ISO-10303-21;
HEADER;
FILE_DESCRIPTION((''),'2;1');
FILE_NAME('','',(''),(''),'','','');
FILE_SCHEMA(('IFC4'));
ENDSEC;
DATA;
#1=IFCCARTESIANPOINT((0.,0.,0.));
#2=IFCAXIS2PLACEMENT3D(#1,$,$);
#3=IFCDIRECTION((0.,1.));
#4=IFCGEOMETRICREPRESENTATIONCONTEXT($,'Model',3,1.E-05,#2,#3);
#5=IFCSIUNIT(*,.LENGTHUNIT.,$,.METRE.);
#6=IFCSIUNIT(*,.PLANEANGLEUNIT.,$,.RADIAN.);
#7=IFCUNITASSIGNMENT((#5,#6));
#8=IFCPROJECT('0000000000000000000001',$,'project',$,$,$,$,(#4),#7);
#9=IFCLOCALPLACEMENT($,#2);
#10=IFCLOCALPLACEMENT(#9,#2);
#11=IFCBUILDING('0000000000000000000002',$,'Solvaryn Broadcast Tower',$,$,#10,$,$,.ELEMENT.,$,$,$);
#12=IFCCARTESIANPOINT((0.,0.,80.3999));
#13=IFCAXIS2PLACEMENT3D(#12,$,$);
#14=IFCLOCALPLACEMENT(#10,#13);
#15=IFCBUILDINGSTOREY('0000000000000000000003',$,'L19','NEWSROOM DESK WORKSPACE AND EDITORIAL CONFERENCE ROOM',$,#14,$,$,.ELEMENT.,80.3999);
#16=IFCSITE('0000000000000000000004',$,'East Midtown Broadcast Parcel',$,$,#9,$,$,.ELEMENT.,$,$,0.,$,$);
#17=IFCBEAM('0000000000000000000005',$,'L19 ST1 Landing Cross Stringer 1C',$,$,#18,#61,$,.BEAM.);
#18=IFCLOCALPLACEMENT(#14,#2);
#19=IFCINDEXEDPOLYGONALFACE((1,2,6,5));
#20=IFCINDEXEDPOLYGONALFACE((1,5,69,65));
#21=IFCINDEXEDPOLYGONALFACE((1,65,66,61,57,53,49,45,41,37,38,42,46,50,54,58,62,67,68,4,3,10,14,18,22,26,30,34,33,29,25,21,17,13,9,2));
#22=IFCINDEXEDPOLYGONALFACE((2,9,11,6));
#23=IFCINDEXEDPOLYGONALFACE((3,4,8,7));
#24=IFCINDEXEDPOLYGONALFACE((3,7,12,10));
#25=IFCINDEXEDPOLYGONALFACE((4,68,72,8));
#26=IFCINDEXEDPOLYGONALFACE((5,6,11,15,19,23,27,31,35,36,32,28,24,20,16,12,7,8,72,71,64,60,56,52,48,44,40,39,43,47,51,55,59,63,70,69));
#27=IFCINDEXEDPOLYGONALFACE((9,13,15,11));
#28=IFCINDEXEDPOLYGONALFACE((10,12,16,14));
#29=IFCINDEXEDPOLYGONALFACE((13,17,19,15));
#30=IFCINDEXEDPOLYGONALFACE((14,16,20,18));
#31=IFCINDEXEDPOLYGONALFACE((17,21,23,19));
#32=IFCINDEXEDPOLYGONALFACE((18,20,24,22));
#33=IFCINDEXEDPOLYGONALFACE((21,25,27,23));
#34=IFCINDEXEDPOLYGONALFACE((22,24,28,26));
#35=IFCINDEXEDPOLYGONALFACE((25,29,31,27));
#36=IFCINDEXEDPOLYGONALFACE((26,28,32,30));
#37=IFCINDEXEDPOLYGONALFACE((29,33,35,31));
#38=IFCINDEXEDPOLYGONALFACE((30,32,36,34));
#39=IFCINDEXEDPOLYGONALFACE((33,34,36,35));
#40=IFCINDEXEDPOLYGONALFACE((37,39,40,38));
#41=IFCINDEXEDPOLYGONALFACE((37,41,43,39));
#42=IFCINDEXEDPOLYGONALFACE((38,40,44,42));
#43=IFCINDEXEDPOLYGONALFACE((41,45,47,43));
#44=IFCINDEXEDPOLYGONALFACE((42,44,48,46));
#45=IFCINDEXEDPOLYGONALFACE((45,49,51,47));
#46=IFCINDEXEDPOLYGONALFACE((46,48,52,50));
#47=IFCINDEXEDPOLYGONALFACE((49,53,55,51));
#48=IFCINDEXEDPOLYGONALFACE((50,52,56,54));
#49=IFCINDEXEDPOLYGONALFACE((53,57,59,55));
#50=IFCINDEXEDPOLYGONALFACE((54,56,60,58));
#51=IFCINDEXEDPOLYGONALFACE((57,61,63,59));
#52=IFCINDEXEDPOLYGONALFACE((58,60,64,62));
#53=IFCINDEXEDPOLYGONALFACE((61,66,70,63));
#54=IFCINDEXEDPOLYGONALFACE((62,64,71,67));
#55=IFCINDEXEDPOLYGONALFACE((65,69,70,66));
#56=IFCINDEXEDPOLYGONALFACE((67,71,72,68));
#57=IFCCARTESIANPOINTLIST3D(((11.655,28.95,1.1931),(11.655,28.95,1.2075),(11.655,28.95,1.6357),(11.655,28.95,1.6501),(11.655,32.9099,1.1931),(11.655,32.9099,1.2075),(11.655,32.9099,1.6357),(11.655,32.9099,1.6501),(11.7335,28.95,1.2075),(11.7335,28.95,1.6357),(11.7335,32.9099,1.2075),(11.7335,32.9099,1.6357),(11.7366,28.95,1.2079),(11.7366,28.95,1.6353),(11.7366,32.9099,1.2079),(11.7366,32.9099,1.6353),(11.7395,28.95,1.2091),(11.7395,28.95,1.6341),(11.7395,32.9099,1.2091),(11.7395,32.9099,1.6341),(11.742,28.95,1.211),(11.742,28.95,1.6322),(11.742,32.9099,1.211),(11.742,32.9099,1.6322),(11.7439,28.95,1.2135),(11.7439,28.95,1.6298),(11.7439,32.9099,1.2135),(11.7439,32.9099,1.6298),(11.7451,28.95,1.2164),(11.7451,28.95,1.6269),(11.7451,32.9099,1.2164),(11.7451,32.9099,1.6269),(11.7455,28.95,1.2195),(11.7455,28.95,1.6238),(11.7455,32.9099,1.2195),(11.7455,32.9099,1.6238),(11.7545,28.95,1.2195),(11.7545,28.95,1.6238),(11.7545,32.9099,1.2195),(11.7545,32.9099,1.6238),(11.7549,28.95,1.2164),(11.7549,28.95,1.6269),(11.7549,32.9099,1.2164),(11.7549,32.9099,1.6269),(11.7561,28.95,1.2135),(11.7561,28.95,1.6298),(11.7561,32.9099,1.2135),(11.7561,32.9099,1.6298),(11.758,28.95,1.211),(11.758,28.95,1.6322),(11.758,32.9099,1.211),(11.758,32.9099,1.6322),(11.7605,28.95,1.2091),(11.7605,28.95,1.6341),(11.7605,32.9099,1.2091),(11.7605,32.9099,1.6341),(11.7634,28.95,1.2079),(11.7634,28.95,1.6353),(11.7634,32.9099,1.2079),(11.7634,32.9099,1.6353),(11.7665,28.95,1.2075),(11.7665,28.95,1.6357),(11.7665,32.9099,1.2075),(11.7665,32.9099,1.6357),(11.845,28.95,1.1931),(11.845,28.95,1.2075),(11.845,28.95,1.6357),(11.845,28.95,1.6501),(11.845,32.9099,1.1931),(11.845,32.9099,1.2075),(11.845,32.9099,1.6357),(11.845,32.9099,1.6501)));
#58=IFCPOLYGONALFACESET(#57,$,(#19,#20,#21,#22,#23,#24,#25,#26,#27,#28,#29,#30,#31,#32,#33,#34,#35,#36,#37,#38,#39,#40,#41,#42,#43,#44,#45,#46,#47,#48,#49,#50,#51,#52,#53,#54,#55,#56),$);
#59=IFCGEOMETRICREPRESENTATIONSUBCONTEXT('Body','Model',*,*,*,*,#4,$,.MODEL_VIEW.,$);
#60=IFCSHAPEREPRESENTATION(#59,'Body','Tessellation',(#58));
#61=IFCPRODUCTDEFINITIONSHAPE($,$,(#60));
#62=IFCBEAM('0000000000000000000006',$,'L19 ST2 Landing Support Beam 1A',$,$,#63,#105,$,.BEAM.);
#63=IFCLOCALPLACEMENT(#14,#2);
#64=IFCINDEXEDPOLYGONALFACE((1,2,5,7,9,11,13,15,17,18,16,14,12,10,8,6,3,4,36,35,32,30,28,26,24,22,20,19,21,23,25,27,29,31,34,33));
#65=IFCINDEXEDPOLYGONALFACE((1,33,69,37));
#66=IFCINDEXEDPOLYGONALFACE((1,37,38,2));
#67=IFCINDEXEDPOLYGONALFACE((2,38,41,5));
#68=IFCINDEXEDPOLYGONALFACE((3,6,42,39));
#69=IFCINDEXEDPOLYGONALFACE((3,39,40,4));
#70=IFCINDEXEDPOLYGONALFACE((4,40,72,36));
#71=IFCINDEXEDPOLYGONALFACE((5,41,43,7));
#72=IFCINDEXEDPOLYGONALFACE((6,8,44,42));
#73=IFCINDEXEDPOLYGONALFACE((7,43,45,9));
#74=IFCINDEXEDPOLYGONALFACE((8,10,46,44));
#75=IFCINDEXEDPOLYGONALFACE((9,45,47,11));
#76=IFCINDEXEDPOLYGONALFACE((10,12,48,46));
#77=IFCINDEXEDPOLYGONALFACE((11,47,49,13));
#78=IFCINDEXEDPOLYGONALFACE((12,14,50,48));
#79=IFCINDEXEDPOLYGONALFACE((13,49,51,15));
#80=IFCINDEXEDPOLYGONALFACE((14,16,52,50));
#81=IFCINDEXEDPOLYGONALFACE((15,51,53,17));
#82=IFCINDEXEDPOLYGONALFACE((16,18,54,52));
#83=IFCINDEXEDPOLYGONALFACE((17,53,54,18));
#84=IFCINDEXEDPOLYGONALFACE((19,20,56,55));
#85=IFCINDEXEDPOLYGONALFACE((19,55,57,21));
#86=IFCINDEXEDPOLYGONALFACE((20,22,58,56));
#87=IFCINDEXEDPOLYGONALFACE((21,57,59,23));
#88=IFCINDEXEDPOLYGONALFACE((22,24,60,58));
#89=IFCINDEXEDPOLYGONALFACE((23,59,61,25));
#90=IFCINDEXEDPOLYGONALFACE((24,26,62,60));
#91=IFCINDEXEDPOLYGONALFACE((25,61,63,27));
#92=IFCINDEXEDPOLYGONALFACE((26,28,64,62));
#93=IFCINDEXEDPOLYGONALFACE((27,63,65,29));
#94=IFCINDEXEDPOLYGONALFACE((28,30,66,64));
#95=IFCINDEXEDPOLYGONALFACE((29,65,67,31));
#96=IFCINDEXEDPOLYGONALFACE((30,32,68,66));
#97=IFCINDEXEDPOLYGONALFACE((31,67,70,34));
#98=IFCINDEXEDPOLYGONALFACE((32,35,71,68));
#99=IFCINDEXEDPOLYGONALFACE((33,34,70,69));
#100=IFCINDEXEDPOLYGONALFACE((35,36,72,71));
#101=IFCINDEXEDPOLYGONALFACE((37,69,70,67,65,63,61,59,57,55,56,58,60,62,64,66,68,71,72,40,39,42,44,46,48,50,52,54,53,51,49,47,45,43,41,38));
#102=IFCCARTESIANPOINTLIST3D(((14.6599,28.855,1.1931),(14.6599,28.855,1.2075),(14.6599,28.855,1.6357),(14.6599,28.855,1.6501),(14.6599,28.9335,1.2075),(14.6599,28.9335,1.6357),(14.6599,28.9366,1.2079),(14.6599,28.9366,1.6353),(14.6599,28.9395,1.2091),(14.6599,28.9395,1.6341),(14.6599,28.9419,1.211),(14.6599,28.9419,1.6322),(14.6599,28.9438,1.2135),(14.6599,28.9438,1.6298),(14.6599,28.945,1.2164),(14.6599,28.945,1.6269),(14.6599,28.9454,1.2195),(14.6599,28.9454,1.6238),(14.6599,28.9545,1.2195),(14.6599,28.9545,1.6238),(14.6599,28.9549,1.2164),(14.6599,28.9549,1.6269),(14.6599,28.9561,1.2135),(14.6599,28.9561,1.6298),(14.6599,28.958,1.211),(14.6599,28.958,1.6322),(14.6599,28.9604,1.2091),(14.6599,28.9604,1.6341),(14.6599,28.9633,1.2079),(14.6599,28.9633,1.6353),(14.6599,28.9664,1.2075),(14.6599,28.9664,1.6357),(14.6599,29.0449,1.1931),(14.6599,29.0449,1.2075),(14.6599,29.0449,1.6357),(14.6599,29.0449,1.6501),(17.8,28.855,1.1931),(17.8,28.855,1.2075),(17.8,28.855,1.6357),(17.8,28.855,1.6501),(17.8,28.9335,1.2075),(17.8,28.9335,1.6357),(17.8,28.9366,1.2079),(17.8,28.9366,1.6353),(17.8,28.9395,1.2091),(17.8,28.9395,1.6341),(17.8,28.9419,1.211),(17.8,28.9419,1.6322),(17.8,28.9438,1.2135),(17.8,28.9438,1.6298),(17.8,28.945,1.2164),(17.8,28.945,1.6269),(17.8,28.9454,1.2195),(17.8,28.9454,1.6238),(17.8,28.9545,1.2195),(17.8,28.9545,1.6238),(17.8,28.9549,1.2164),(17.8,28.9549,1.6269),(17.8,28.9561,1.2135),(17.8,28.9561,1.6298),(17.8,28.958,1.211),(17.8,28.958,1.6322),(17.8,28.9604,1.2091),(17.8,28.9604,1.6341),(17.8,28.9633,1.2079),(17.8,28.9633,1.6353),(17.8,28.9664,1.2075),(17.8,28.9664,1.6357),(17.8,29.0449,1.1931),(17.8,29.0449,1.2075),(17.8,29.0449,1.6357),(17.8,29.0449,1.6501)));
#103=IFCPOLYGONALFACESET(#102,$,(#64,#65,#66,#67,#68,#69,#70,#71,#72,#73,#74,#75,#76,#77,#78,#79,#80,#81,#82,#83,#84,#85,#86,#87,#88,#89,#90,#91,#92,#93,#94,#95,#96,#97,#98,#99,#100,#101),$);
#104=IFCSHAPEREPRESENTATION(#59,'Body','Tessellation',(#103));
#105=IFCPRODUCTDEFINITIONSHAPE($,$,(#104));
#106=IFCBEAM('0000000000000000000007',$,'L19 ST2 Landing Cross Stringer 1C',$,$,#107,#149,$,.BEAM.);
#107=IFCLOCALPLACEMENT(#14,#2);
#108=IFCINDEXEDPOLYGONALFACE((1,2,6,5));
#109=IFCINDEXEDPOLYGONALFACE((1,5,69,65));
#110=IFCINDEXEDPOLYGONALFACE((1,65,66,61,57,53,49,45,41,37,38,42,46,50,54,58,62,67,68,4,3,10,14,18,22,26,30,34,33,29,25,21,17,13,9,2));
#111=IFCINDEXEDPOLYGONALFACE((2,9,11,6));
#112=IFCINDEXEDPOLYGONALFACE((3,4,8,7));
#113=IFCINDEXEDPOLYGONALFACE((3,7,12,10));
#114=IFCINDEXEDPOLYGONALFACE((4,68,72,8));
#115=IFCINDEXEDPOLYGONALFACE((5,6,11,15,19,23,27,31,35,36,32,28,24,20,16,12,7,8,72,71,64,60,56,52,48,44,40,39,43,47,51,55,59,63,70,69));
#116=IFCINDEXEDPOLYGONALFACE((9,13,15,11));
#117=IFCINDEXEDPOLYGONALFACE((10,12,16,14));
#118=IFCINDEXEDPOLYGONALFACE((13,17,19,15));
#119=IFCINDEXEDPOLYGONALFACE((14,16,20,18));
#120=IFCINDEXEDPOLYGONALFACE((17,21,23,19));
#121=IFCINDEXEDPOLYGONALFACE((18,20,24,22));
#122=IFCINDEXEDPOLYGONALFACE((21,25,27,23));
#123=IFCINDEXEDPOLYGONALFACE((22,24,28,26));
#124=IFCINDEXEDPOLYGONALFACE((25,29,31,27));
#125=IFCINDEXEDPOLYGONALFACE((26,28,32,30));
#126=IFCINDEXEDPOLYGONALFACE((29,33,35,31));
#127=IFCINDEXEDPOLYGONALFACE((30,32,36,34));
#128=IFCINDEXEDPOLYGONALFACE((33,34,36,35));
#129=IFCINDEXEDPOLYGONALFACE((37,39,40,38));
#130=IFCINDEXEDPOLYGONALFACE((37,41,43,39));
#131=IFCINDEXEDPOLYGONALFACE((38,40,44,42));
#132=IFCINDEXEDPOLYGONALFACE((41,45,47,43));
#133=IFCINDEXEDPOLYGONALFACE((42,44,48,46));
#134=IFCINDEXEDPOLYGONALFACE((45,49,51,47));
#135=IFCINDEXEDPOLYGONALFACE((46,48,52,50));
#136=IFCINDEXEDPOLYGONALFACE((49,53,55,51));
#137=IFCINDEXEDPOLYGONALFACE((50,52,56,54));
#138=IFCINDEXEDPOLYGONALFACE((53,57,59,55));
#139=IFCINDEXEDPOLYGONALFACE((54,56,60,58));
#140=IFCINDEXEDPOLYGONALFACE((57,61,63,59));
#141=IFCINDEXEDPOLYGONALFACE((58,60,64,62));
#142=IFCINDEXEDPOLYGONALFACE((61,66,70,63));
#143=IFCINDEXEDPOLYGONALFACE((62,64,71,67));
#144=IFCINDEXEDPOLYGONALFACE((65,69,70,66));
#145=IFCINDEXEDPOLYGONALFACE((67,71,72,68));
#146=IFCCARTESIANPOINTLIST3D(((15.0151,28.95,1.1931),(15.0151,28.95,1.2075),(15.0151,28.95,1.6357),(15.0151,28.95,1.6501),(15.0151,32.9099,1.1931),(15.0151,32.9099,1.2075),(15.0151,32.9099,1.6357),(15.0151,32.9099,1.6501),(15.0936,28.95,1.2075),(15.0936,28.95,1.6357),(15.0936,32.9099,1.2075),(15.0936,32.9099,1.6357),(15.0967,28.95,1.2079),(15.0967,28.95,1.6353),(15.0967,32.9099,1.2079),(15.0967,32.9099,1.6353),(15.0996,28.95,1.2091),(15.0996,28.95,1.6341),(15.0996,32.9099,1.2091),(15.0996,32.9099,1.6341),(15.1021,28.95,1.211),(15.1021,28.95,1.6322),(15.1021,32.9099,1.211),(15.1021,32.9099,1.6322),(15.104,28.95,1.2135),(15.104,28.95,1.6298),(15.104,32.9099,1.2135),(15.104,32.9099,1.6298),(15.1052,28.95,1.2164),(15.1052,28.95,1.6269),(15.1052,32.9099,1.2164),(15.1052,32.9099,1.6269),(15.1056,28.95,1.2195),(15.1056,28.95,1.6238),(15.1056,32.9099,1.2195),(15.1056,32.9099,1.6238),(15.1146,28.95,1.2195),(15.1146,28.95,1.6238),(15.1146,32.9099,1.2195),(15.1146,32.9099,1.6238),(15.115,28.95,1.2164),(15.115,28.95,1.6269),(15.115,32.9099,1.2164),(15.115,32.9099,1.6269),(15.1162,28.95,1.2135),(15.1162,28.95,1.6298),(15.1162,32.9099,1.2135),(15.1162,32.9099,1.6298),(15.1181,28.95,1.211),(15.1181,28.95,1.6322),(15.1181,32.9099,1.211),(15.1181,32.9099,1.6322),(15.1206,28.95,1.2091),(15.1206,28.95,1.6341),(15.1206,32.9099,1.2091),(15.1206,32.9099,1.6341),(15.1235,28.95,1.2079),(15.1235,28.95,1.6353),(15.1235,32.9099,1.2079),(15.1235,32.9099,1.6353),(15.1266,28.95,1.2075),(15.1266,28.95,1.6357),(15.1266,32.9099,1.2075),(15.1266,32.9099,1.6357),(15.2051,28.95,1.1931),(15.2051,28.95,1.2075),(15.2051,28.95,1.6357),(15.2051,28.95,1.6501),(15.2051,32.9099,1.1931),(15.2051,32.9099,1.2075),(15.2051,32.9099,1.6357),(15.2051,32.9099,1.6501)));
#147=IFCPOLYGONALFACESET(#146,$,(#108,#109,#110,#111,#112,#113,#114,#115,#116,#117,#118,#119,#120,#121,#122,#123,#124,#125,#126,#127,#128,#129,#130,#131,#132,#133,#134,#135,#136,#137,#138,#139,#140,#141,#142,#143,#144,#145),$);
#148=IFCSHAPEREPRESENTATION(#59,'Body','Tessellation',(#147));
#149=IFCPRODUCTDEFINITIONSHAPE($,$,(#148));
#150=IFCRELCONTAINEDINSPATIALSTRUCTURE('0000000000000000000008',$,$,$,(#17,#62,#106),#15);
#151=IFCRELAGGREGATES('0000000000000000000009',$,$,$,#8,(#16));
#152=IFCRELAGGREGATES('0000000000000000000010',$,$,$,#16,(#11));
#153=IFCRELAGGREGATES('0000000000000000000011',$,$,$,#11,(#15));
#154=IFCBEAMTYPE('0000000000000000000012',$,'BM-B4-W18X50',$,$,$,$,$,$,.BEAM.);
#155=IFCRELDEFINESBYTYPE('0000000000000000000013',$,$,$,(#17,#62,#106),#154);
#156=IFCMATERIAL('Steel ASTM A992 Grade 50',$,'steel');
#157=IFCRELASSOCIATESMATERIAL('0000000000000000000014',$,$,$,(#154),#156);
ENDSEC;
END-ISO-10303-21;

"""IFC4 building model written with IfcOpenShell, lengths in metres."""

from ifc_helpers import new_model, si_unit, direction, frame, origin, origin_2d, place, context, subcontext, project, spatial, i_section, extrude, material, material_profile, profile_set, type_object, element, save


model = new_model("IFC4")

# Units and contexts
model_context = context("Model", 3, precision=1e-05, world=origin(), true_north=direction((0.0, 1.0)))
body_context = subcontext(model_context, "Body", "Model", "MODEL_VIEW")
ifc_project = project(units=[si_unit("LENGTHUNIT", "METRE"), si_unit("PLANEANGLEUNIT", "RADIAN")], contexts=[model_context])

# Site, building, storey
site_placement = place(None, origin())
site = spatial("IfcSite", under=ifc_project, at=site_placement, Name="East Midtown Broadcast Parcel", CompositionType="ELEMENT", RefElevation=0.0)
building_placement = place(site_placement, origin())
building = spatial("IfcBuilding", under=site, at=building_placement, Name="Solvaryn Broadcast Tower", CompositionType="ELEMENT")
storey_placement = place(building_placement, frame((0.0, 0.0, 80.3999)))
storey = spatial("IfcBuildingStorey", under=building, at=storey_placement, Name="L19", Description="NEWSROOM DESK WORKSPACE AND EDITORIAL CONFERENCE ROOM", CompositionType="ELEMENT", Elevation=80.3999)

# Beams
ifc_material_1 = material(Name="Steel ASTM A992 Grade 50", Category="steel")
ifc_material_profile_1 = material_profile(ifc_material_1, i_section(OverallWidth=0.1899, OverallDepth=0.457, WebThickness=0.009, FlangeThickness=0.0144, FilletRadius=0.012, at=origin_2d()))
ifc_profile_set_1 = profile_set([ifc_material_profile_1], Name="Steel ASTM A992 Grade 50")
beam_type_1 = type_object("IfcBeamType", Name="BM-B4-W18X50", PredefinedType="BEAM", material=ifc_profile_set_1)
beam_1_placement = place(storey_placement, frame((11.75, 28.95, 1.4216), z_axis=(0.0, 1.0, 0.0), x_axis=(-1.0, 0.0, 0.0)))
element("IfcBeam", 1, at=beam_1_placement, inside=storey, type_object=beam_type_1, Name="L19 ST1 Landing Cross Stringer 1C", PredefinedType="BEAM", context=body_context, shape_type="SweptSolid", body=[
    extrude(i_section(OverallWidth=0.1899, OverallDepth=0.457, WebThickness=0.009, FlangeThickness=0.0144, FilletRadius=0.012, at=origin_2d()), origin(), (0.0, 0.0, 1.0), 3.96),
])
beam_2_placement = place(storey_placement, frame((14.6599, 28.95, 1.4216), z_axis=(1.0, 0.0, 0.0), x_axis=(0.0, 1.0, 0.0)))
element("IfcBeam", 2, at=beam_2_placement, inside=storey, type_object=beam_type_1, Name="L19 ST2 Landing Support Beam 1A", PredefinedType="BEAM", context=body_context, shape_type="SweptSolid", body=[
    extrude(i_section(OverallWidth=0.1899, OverallDepth=0.457, WebThickness=0.009, FlangeThickness=0.0144, FilletRadius=0.012, at=origin_2d()), origin(), (0.0, 0.0, 1.0), 3.1401),
])
beam_3_placement = place(storey_placement, frame((15.1101, 28.95, 1.4216), z_axis=(0.0, 1.0, 0.0), x_axis=(-1.0, 0.0, 0.0)))
element("IfcBeam", 3, at=beam_3_placement, inside=storey, type_object=beam_type_1, Name="L19 ST2 Landing Cross Stringer 1C", PredefinedType="BEAM", context=body_context, shape_type="SweptSolid", body=[
    extrude(i_section(OverallWidth=0.1899, OverallDepth=0.457, WebThickness=0.009, FlangeThickness=0.0144, FilletRadius=0.012, at=origin_2d()), origin(), (0.0, 0.0, 1.0), 3.96),
])

save(model, "model.ifc")
